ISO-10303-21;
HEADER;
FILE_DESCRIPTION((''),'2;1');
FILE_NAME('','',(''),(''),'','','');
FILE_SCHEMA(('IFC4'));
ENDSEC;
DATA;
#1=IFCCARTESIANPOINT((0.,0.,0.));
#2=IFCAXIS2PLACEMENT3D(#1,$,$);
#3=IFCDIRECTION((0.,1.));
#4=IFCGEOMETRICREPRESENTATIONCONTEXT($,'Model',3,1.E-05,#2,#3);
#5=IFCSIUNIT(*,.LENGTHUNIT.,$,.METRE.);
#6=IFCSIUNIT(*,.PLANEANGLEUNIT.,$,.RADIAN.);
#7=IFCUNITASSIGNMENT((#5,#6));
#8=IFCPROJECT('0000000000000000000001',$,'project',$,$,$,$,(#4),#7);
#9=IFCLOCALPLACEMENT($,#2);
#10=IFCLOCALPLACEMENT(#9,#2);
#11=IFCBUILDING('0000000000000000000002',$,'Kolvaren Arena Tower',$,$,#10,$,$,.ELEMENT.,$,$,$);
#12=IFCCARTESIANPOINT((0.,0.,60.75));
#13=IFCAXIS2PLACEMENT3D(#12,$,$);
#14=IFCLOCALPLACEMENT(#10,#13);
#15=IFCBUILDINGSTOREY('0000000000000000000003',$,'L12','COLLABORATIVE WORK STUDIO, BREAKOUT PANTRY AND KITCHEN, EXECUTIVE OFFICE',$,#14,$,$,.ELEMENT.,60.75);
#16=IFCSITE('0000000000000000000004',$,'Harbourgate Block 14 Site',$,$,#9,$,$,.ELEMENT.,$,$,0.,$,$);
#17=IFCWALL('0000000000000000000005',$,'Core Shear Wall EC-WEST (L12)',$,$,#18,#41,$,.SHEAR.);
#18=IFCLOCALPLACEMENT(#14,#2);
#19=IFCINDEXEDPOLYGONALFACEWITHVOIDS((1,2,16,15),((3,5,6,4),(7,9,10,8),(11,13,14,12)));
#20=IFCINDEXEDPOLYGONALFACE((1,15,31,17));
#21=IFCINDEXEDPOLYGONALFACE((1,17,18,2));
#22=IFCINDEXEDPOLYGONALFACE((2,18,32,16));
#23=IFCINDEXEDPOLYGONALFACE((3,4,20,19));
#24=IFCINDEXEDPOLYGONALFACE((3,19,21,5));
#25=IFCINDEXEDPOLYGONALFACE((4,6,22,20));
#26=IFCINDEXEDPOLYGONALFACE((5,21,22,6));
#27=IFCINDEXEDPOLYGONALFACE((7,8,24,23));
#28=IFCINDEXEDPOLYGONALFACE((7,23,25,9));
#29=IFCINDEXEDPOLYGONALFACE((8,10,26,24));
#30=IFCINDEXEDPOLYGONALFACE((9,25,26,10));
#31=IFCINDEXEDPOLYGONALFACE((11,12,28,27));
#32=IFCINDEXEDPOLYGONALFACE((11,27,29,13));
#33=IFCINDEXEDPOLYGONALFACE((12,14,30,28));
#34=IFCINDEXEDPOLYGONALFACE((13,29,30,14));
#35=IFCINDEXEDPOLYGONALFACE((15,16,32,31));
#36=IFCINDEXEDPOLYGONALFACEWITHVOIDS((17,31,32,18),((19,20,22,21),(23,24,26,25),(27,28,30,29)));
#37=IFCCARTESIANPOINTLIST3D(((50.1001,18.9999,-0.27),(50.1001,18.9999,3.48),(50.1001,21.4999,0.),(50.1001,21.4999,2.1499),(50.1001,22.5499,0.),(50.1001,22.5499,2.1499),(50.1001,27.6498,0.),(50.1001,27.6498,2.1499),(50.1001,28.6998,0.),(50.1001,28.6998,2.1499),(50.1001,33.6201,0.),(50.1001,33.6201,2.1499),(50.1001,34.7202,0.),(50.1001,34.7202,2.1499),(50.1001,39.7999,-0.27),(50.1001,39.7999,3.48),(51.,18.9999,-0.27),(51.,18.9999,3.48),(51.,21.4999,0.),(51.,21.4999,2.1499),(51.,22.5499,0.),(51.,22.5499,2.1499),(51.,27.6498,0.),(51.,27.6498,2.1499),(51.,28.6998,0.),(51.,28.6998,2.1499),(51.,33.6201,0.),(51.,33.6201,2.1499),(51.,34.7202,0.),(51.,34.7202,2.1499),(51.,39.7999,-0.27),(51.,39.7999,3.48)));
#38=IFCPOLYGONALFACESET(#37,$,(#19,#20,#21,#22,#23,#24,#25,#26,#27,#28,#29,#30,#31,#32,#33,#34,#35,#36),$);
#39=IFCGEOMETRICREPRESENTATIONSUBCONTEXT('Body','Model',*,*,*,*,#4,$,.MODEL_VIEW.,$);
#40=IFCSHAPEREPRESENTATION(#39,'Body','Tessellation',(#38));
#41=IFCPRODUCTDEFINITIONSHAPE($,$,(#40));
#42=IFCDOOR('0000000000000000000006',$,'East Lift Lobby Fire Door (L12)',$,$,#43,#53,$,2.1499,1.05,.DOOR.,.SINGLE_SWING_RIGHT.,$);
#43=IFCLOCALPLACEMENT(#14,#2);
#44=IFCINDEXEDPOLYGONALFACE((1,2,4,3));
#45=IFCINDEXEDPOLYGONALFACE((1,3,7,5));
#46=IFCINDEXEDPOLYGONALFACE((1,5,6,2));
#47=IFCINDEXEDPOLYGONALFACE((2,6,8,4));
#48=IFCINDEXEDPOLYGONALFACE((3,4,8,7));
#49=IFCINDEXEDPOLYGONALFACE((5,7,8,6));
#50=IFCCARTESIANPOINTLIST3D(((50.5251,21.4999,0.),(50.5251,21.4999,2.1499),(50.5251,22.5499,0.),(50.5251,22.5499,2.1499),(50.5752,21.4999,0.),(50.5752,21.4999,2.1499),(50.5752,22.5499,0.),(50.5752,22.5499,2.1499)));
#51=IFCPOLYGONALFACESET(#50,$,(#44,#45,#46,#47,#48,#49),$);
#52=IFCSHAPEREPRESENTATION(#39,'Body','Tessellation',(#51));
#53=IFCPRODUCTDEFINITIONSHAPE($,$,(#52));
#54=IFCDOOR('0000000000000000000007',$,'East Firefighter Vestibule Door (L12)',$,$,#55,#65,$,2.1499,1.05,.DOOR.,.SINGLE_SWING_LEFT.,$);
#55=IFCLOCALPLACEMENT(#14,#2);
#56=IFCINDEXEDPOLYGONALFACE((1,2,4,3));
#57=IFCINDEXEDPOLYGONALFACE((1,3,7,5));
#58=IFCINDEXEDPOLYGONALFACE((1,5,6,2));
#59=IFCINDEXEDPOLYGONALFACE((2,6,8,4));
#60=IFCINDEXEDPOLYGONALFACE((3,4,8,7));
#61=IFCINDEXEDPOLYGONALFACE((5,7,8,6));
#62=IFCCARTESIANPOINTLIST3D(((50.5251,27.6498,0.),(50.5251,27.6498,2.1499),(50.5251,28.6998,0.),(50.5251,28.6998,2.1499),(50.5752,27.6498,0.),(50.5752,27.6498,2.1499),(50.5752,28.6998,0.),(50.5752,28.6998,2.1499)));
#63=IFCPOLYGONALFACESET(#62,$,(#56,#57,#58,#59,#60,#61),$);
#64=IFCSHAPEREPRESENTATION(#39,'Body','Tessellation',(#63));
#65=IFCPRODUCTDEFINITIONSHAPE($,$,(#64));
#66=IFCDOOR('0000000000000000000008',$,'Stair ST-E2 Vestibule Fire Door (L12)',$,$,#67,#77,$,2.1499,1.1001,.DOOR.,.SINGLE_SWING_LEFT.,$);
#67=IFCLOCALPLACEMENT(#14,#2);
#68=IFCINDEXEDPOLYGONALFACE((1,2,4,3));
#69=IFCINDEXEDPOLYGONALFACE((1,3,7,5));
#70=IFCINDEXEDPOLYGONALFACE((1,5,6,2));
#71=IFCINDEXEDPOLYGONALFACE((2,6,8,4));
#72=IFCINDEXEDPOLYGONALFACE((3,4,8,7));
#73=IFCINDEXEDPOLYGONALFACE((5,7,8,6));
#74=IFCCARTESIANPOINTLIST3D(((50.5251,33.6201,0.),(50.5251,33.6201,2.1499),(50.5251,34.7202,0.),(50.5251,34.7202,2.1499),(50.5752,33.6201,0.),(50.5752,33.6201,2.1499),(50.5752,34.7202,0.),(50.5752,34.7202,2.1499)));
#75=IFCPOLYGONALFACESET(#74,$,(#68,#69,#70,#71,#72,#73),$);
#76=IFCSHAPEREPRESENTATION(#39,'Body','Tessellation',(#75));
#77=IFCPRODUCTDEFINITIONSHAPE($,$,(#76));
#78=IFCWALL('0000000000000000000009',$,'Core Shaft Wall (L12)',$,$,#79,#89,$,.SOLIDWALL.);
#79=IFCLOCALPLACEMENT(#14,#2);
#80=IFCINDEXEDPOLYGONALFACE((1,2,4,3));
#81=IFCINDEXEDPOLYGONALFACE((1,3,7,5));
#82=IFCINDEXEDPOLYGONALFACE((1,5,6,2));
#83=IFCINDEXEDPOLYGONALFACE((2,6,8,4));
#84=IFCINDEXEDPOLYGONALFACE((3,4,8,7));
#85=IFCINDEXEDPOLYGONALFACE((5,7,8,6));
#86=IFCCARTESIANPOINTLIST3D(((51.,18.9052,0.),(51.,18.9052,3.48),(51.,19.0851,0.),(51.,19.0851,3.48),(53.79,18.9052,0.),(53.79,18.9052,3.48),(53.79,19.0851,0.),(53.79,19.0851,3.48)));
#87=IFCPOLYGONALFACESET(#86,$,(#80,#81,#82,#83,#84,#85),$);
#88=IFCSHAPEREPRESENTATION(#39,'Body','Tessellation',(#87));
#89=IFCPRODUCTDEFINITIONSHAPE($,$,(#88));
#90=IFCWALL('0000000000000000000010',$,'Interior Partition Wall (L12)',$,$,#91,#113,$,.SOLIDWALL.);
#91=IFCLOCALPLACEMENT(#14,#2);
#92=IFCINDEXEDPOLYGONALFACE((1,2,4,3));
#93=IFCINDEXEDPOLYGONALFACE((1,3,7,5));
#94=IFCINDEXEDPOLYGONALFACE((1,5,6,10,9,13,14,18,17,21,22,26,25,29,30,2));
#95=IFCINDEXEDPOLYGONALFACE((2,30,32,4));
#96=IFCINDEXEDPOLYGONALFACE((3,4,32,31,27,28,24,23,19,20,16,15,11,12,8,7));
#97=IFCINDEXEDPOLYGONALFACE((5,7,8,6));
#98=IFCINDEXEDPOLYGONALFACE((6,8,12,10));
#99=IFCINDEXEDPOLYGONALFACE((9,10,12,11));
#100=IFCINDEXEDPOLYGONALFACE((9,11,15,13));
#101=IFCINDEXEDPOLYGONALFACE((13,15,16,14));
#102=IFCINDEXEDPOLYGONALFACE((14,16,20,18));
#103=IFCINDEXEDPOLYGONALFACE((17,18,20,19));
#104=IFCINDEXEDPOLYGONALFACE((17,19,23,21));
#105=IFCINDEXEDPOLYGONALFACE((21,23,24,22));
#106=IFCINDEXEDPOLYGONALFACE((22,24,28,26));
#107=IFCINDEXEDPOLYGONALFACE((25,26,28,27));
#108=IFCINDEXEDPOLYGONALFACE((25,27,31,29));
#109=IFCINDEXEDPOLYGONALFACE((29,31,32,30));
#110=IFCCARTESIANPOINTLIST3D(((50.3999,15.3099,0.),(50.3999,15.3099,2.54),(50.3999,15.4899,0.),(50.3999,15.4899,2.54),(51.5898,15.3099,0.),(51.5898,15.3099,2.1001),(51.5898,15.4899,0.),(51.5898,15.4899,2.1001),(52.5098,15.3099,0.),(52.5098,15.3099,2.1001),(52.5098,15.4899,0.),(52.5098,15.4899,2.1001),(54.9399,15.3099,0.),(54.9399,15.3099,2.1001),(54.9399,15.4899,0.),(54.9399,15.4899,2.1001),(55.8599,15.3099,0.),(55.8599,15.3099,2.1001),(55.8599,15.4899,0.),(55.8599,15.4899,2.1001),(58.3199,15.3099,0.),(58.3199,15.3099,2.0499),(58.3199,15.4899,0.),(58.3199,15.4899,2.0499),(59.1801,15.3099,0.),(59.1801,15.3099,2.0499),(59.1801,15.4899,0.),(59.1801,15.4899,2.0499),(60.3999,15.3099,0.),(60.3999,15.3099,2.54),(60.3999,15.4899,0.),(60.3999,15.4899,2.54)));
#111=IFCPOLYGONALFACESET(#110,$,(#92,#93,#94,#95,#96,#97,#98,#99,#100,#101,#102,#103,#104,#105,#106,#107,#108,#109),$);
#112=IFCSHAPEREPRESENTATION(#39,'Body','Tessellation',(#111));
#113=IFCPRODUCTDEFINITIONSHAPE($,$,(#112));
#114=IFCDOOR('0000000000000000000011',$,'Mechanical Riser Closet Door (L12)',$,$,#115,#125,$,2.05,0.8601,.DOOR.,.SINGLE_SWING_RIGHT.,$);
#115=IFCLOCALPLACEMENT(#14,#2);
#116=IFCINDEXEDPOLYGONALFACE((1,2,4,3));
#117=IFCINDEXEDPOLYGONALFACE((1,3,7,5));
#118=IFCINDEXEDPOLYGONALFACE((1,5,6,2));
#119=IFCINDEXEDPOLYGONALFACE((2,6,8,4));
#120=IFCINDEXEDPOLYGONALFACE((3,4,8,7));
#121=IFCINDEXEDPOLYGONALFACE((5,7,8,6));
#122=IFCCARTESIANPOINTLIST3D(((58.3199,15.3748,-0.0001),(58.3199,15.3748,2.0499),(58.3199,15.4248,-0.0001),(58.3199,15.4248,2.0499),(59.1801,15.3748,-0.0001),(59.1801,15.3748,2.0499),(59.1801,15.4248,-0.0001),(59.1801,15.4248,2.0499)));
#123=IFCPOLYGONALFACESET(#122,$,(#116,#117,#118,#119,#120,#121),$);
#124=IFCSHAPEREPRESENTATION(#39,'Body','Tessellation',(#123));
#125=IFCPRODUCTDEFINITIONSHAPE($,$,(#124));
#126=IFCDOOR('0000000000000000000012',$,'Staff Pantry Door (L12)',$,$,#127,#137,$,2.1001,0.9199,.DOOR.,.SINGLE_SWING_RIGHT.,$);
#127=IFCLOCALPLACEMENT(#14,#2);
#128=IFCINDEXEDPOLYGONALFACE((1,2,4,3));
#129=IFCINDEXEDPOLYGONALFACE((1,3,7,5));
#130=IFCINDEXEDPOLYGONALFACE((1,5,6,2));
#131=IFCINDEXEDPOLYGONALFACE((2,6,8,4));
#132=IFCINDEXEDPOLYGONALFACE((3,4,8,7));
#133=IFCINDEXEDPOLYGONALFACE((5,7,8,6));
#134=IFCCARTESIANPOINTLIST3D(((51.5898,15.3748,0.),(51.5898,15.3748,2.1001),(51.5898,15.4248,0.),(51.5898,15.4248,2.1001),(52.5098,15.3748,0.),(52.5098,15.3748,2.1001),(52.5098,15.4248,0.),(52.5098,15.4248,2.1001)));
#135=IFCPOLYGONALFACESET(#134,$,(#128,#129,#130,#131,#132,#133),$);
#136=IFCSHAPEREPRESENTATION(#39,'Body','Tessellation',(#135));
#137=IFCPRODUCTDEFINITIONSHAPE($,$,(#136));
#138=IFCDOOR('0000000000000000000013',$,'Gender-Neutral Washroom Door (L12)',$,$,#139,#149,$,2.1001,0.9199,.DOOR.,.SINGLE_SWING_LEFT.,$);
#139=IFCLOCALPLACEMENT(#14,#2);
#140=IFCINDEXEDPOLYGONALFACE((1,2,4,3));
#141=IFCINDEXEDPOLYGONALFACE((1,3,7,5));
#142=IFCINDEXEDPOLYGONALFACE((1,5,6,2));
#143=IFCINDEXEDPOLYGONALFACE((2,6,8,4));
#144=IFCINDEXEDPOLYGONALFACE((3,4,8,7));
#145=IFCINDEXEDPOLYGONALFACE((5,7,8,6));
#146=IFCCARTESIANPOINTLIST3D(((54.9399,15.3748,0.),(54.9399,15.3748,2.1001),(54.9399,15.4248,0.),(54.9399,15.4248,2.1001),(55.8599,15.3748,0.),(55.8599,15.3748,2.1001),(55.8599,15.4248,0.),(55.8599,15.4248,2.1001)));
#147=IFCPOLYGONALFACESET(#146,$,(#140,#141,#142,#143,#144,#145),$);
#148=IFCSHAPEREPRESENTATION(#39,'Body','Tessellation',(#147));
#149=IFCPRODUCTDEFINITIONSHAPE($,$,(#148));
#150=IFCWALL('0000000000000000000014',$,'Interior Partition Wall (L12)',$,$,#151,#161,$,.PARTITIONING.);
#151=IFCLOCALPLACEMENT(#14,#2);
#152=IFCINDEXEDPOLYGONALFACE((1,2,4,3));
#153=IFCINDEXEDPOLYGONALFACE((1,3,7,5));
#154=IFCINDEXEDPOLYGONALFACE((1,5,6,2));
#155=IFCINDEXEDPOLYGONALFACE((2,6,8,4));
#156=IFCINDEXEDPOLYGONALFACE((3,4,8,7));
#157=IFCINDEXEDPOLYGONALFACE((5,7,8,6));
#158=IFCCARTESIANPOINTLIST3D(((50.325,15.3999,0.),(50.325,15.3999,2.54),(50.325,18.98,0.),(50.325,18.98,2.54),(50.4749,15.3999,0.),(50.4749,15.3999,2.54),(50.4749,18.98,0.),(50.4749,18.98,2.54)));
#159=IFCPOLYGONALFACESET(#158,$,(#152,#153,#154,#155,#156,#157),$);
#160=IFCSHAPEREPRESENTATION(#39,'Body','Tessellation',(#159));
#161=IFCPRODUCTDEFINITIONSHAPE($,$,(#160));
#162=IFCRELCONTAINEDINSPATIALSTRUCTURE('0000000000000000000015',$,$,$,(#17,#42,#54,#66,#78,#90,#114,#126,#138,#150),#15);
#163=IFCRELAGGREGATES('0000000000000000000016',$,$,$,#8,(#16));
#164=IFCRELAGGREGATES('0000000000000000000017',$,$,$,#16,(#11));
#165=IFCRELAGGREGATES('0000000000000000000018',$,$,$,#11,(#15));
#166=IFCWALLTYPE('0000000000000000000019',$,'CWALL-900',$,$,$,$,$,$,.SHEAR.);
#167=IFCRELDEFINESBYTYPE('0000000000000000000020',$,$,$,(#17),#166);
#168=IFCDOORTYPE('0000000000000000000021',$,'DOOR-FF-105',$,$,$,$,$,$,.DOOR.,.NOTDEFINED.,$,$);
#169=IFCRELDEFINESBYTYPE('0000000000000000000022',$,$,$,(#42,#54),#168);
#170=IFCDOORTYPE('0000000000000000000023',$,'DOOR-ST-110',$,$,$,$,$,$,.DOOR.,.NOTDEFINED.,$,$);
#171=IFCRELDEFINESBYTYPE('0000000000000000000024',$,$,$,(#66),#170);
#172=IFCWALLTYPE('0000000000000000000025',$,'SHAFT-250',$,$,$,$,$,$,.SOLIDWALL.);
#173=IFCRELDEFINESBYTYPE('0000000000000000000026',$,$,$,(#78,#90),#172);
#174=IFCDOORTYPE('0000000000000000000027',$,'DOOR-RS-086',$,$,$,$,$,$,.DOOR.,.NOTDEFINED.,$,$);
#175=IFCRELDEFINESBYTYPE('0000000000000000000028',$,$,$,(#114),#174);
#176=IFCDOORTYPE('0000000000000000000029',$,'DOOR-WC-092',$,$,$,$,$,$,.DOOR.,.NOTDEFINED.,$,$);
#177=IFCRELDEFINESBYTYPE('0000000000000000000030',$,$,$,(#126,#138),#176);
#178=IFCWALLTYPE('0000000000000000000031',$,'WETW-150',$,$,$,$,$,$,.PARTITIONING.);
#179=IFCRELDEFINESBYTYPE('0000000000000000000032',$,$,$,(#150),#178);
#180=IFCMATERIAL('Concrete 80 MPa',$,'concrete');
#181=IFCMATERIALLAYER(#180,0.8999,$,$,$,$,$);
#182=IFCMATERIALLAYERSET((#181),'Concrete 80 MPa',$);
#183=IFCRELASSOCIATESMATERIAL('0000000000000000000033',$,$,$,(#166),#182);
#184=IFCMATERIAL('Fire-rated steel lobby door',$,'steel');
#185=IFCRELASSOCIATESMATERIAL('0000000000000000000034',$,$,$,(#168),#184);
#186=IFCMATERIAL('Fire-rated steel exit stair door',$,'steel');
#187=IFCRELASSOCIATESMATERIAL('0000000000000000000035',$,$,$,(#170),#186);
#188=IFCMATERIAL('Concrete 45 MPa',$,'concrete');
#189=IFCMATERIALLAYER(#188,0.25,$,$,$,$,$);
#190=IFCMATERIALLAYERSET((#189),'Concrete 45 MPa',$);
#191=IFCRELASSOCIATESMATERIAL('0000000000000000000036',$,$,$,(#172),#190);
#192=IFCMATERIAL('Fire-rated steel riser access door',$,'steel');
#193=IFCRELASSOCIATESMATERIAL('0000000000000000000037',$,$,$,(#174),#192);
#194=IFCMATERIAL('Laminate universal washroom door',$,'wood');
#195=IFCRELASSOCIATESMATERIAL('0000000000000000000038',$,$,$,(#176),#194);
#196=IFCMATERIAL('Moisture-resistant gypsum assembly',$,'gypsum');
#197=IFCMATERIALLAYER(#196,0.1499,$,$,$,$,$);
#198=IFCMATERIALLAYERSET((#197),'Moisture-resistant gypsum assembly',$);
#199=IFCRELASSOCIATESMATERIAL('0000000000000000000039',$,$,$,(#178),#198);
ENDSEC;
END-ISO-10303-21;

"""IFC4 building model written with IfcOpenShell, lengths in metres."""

from ifc_helpers import new_model, si_unit, direction, frame, frame_2d, origin, place, context, subcontext, project, spatial, rectangle, extrude, material, layer, layer_set, type_object, element, fill, save


model = new_model("IFC4")

# Units and contexts
model_context = context("Model", 3, precision=1e-05, world=origin(), true_north=direction((0.0, 1.0)))
body_context = subcontext(model_context, "Body", "Model", "MODEL_VIEW")
ifc_project = project(units=[si_unit("LENGTHUNIT", "METRE"), si_unit("PLANEANGLEUNIT", "RADIAN")], contexts=[model_context])

# Site, building, storey
site_placement = place(None, origin())
site = spatial("IfcSite", under=ifc_project, at=site_placement, Name="Harbourgate Block 14 Site", CompositionType="ELEMENT", RefElevation=0.0)
building_placement = place(site_placement, origin())
building = spatial("IfcBuilding", under=site, at=building_placement, Name="Kolvaren Arena Tower", CompositionType="ELEMENT")
storey_placement = place(building_placement, frame((0.0, 0.0, 60.75)))
storey = spatial("IfcBuildingStorey", under=building, at=storey_placement, Name="L12", Description="COLLABORATIVE WORK STUDIO, BREAKOUT PANTRY AND KITCHEN, EXECUTIVE OFFICE", CompositionType="ELEMENT", Elevation=60.75)

# Wall, openings, doors
ifc_material_1 = material(Name="Concrete 80 MPa", Category="concrete")
ifc_layer_1 = layer(ifc_material_1, 0.8999)
ifc_layer_set_1 = layer_set([ifc_layer_1], Name="Concrete 80 MPa")
wall_type_1 = type_object("IfcWallType", Name="CWALL-900", PredefinedType="SHEAR", material=ifc_layer_set_1)
wall_1_placement = place(storey_placement, frame((50.55, 19.0, -0.27), z_axis=(0.0, 0.0, 1.0), x_axis=(0.0, 1.0, 0.0)))
wall_1 = element("IfcWall", 1, at=wall_1_placement, inside=storey, type_object=wall_type_1, Name="Core Shear Wall EC-WEST (L12)", PredefinedType="SHEAR", context=body_context, shape_type="SweptSolid", body=[
    extrude(rectangle(XDim=20.8, YDim=0.8999, at=frame_2d((10.3999, 0.0))), origin(), (0.0, 0.0, 1.0), 3.75),
])
opening_1_placement = place(wall_1_placement, frame((2.5, 0.0, 0.27)))
opening_1 = element("IfcOpeningElement", 2, at=opening_1_placement, cuts=wall_1, PredefinedType="OPENING", context=body_context, shape_type="SweptSolid", body=[
    extrude(rectangle(XDim=1.05, YDim=2.1499, at=frame_2d((0.5249, 1.075))), frame((0.0, 0.46, 0.0), z_axis=(0.0, -1.0, 0.0), x_axis=(1.0, 0.0, 0.0)), (0.0, 0.0, 1.0), 0.9199),
])
opening_2_placement = place(wall_1_placement, frame((8.6499, 0.0, 0.27)))
opening_2 = element("IfcOpeningElement", 3, at=opening_2_placement, cuts=wall_1, PredefinedType="OPENING", context=body_context, shape_type="SweptSolid", body=[
    extrude(rectangle(XDim=1.05, YDim=2.1499, at=frame_2d((0.5249, 1.075))), frame((0.0, 0.46, 0.0), z_axis=(0.0, -1.0, 0.0), x_axis=(1.0, 0.0, 0.0)), (0.0, 0.0, 1.0), 0.9199),
])
opening_3_placement = place(wall_1_placement, frame((14.6201, 0.0, 0.27)))
opening_3 = element("IfcOpeningElement", 4, at=opening_3_placement, cuts=wall_1, PredefinedType="OPENING", context=body_context, shape_type="SweptSolid", body=[
    extrude(rectangle(XDim=1.1001, YDim=2.1499, at=frame_2d((0.55, 1.075))), frame((0.0, 0.46, 0.0), z_axis=(0.0, -1.0, 0.0), x_axis=(1.0, 0.0, 0.0)), (0.0, 0.0, 1.0), 0.9199),
])
ifc_material_2 = material(Name="Fire-rated steel lobby door", Category="steel")
door_type_1 = type_object("IfcDoorType", Name="DOOR-FF-105", OperationType="NOTDEFINED", PredefinedType="DOOR", material=ifc_material_2)
door_1_placement = place(opening_1_placement, origin())
door_1 = element("IfcDoor", 5, at=door_1_placement, inside=storey, type_object=door_type_1, Name="East Lift Lobby Fire Door (L12)", OperationType="SINGLE_SWING_RIGHT", OverallHeight=2.1499, OverallWidth=1.05, PredefinedType="DOOR", context=body_context, shape_type="SweptSolid", body=[
    extrude(rectangle(XDim=1.05, YDim=2.1499, at=frame_2d((0.5249, 1.075))), frame((0.0, 0.0249, 0.0), z_axis=(0.0, -1.0, 0.0), x_axis=(1.0, 0.0, 0.0)), (0.0, 0.0, 1.0), 0.05),
])
fill(opening_1, door_1)
door_2_placement = place(opening_2_placement, origin())
door_2 = element("IfcDoor", 6, at=door_2_placement, inside=storey, type_object=door_type_1, Name="East Firefighter Vestibule Door (L12)", OperationType="SINGLE_SWING_LEFT", OverallHeight=2.1499, OverallWidth=1.05, PredefinedType="DOOR", context=body_context, shape_type="SweptSolid", body=[
    extrude(rectangle(XDim=1.05, YDim=2.1499, at=frame_2d((0.5249, 1.075))), frame((0.0, 0.0249, 0.0), z_axis=(0.0, -1.0, 0.0), x_axis=(1.0, 0.0, 0.0)), (0.0, 0.0, 1.0), 0.05),
])
fill(opening_2, door_2)
ifc_material_3 = material(Name="Fire-rated steel exit stair door", Category="steel")
door_type_2 = type_object("IfcDoorType", Name="DOOR-ST-110", OperationType="NOTDEFINED", PredefinedType="DOOR", material=ifc_material_3)
door_3_placement = place(opening_3_placement, origin())
door_3 = element("IfcDoor", 7, at=door_3_placement, inside=storey, type_object=door_type_2, Name="Stair ST-E2 Vestibule Fire Door (L12)", OperationType="SINGLE_SWING_LEFT", OverallHeight=2.1499, OverallWidth=1.1001, PredefinedType="DOOR", context=body_context, shape_type="SweptSolid", body=[
    extrude(rectangle(XDim=1.1001, YDim=2.1499, at=frame_2d((0.55, 1.075))), frame((0.0, 0.0249, 0.0), z_axis=(0.0, -1.0, 0.0), x_axis=(1.0, 0.0, 0.0)), (0.0, 0.0, 1.0), 0.05),
])
fill(opening_3, door_3)

# Wall
ifc_material_4 = material(Name="Concrete 45 MPa", Category="concrete")
ifc_layer_2 = layer(ifc_material_4, 0.25)
ifc_layer_set_2 = layer_set([ifc_layer_2], Name="Concrete 45 MPa")
wall_type_2 = type_object("IfcWallType", Name="SHAFT-250", PredefinedType="SOLIDWALL", material=ifc_layer_set_2)
wall_2_placement = place(storey_placement, frame((51.0, 18.9951, 0.0), z_axis=(0.0, 0.0, 1.0), x_axis=(1.0, 0.0, 0.0)))
element("IfcWall", 8, at=wall_2_placement, inside=storey, type_object=wall_type_2, Name="Core Shaft Wall (L12)", PredefinedType="SOLIDWALL", context=body_context, shape_type="SweptSolid", body=[
    extrude(rectangle(XDim=2.79, YDim=0.1799, at=frame_2d((1.395, 0.0))), origin(), (0.0, 0.0, 1.0), 3.48),
])

# Wall, openings, doors
wall_3_placement = place(storey_placement, frame((50.3999, 15.3999, 0.0), z_axis=(0.0, 0.0, 1.0), x_axis=(1.0, 0.0, 0.0)))
wall_3 = element("IfcWall", 9, at=wall_3_placement, inside=storey, type_object=wall_type_2, Name="Interior Partition Wall (L12)", PredefinedType="SOLIDWALL", context=body_context, shape_type="SweptSolid", body=[
    extrude(rectangle(XDim=10.0, YDim=0.1799, at=frame_2d((5.0, 0.0))), origin(), (0.0, 0.0, 1.0), 2.54),
])
opening_4_placement = place(wall_3_placement, frame((1.1899, 0.0, 0.0)))
opening_4 = element("IfcOpeningElement", 10, at=opening_4_placement, cuts=wall_3, PredefinedType="OPENING", context=body_context, shape_type="SweptSolid", body=[
    extrude(rectangle(XDim=0.9199, YDim=2.1001, at=frame_2d((0.46, 1.05))), frame((0.0, 0.0999, 0.0), z_axis=(0.0, -1.0, 0.0), x_axis=(1.0, 0.0, 0.0)), (0.0, 0.0, 1.0), 0.2),
])
opening_5_placement = place(wall_3_placement, frame((4.54, 0.0, 0.0)))
opening_5 = element("IfcOpeningElement", 11, at=opening_5_placement, cuts=wall_3, PredefinedType="OPENING", context=body_context, shape_type="SweptSolid", body=[
    extrude(rectangle(XDim=0.9199, YDim=2.1001, at=frame_2d((0.46, 1.05))), frame((0.0, 0.0999, 0.0), z_axis=(0.0, -1.0, 0.0), x_axis=(1.0, 0.0, 0.0)), (0.0, 0.0, 1.0), 0.2),
])
opening_6_placement = place(wall_3_placement, frame((7.9199, 0.0, 0.0)))
opening_6 = element("IfcOpeningElement", 12, at=opening_6_placement, cuts=wall_3, PredefinedType="OPENING", context=body_context, shape_type="SweptSolid", body=[
    extrude(rectangle(XDim=0.8601, YDim=2.05, at=frame_2d((0.4302, 1.0249))), frame((0.0, 0.0999, 0.0), z_axis=(0.0, -1.0, 0.0), x_axis=(1.0, 0.0, 0.0)), (0.0, 0.0, 1.0), 0.2),
])
ifc_material_5 = material(Name="Fire-rated steel riser access door", Category="steel")
door_type_3 = type_object("IfcDoorType", Name="DOOR-RS-086", OperationType="NOTDEFINED", PredefinedType="DOOR", material=ifc_material_5)
door_4_placement = place(opening_6_placement, origin())
door_4 = element("IfcDoor", 13, at=door_4_placement, inside=storey, type_object=door_type_3, Name="Mechanical Riser Closet Door (L12)", OperationType="SINGLE_SWING_RIGHT", OverallHeight=2.05, OverallWidth=0.8601, PredefinedType="DOOR", context=body_context, shape_type="SweptSolid", body=[
    extrude(rectangle(XDim=0.8601, YDim=2.05, at=frame_2d((0.4302, 1.0249))), frame((0.0, 0.0249, 0.0), z_axis=(0.0, -1.0, 0.0), x_axis=(1.0, 0.0, 0.0)), (0.0, 0.0, 1.0), 0.05),
])
fill(opening_6, door_4)
ifc_material_6 = material(Name="Laminate universal washroom door", Category="wood")
door_type_4 = type_object("IfcDoorType", Name="DOOR-WC-092", OperationType="NOTDEFINED", PredefinedType="DOOR", material=ifc_material_6)
door_5_placement = place(opening_4_placement, origin())
door_5 = element("IfcDoor", 14, at=door_5_placement, inside=storey, type_object=door_type_4, Name="Staff Pantry Door (L12)", OperationType="SINGLE_SWING_RIGHT", OverallHeight=2.1001, OverallWidth=0.9199, PredefinedType="DOOR", context=body_context, shape_type="SweptSolid", body=[
    extrude(rectangle(XDim=0.9199, YDim=2.1001, at=frame_2d((0.46, 1.05))), frame((0.0, 0.0249, 0.0), z_axis=(0.0, -1.0, 0.0), x_axis=(1.0, 0.0, 0.0)), (0.0, 0.0, 1.0), 0.05),
])
fill(opening_4, door_5)
door_6_placement = place(opening_5_placement, origin())
door_6 = element("IfcDoor", 15, at=door_6_placement, inside=storey, type_object=door_type_4, Name="Gender-Neutral Washroom Door (L12)", OperationType="SINGLE_SWING_LEFT", OverallHeight=2.1001, OverallWidth=0.9199, PredefinedType="DOOR", context=body_context, shape_type="SweptSolid", body=[
    extrude(rectangle(XDim=0.9199, YDim=2.1001, at=frame_2d((0.46, 1.05))), frame((0.0, 0.0249, 0.0), z_axis=(0.0, -1.0, 0.0), x_axis=(1.0, 0.0, 0.0)), (0.0, 0.0, 1.0), 0.05),
])
fill(opening_5, door_6)

# Wall
ifc_material_7 = material(Name="Moisture-resistant gypsum assembly", Category="gypsum")
ifc_layer_3 = layer(ifc_material_7, 0.1499)
ifc_layer_set_3 = layer_set([ifc_layer_3], Name="Moisture-resistant gypsum assembly")
wall_type_3 = type_object("IfcWallType", Name="WETW-150", PredefinedType="PARTITIONING", material=ifc_layer_set_3)
wall_4_placement = place(storey_placement, frame((50.3999, 15.3999, 0.0), z_axis=(0.0, 0.0, 1.0), x_axis=(0.0, 1.0, 0.0)))
element("IfcWall", 16, at=wall_4_placement, inside=storey, type_object=wall_type_3, Name="Interior Partition Wall (L12)", PredefinedType="PARTITIONING", context=body_context, shape_type="SweptSolid", body=[
    extrude(rectangle(XDim=3.5801, YDim=0.1499, at=frame_2d((1.79, 0.0))), origin(), (0.0, 0.0, 1.0), 2.54),
])

save(model, "model.ifc")
